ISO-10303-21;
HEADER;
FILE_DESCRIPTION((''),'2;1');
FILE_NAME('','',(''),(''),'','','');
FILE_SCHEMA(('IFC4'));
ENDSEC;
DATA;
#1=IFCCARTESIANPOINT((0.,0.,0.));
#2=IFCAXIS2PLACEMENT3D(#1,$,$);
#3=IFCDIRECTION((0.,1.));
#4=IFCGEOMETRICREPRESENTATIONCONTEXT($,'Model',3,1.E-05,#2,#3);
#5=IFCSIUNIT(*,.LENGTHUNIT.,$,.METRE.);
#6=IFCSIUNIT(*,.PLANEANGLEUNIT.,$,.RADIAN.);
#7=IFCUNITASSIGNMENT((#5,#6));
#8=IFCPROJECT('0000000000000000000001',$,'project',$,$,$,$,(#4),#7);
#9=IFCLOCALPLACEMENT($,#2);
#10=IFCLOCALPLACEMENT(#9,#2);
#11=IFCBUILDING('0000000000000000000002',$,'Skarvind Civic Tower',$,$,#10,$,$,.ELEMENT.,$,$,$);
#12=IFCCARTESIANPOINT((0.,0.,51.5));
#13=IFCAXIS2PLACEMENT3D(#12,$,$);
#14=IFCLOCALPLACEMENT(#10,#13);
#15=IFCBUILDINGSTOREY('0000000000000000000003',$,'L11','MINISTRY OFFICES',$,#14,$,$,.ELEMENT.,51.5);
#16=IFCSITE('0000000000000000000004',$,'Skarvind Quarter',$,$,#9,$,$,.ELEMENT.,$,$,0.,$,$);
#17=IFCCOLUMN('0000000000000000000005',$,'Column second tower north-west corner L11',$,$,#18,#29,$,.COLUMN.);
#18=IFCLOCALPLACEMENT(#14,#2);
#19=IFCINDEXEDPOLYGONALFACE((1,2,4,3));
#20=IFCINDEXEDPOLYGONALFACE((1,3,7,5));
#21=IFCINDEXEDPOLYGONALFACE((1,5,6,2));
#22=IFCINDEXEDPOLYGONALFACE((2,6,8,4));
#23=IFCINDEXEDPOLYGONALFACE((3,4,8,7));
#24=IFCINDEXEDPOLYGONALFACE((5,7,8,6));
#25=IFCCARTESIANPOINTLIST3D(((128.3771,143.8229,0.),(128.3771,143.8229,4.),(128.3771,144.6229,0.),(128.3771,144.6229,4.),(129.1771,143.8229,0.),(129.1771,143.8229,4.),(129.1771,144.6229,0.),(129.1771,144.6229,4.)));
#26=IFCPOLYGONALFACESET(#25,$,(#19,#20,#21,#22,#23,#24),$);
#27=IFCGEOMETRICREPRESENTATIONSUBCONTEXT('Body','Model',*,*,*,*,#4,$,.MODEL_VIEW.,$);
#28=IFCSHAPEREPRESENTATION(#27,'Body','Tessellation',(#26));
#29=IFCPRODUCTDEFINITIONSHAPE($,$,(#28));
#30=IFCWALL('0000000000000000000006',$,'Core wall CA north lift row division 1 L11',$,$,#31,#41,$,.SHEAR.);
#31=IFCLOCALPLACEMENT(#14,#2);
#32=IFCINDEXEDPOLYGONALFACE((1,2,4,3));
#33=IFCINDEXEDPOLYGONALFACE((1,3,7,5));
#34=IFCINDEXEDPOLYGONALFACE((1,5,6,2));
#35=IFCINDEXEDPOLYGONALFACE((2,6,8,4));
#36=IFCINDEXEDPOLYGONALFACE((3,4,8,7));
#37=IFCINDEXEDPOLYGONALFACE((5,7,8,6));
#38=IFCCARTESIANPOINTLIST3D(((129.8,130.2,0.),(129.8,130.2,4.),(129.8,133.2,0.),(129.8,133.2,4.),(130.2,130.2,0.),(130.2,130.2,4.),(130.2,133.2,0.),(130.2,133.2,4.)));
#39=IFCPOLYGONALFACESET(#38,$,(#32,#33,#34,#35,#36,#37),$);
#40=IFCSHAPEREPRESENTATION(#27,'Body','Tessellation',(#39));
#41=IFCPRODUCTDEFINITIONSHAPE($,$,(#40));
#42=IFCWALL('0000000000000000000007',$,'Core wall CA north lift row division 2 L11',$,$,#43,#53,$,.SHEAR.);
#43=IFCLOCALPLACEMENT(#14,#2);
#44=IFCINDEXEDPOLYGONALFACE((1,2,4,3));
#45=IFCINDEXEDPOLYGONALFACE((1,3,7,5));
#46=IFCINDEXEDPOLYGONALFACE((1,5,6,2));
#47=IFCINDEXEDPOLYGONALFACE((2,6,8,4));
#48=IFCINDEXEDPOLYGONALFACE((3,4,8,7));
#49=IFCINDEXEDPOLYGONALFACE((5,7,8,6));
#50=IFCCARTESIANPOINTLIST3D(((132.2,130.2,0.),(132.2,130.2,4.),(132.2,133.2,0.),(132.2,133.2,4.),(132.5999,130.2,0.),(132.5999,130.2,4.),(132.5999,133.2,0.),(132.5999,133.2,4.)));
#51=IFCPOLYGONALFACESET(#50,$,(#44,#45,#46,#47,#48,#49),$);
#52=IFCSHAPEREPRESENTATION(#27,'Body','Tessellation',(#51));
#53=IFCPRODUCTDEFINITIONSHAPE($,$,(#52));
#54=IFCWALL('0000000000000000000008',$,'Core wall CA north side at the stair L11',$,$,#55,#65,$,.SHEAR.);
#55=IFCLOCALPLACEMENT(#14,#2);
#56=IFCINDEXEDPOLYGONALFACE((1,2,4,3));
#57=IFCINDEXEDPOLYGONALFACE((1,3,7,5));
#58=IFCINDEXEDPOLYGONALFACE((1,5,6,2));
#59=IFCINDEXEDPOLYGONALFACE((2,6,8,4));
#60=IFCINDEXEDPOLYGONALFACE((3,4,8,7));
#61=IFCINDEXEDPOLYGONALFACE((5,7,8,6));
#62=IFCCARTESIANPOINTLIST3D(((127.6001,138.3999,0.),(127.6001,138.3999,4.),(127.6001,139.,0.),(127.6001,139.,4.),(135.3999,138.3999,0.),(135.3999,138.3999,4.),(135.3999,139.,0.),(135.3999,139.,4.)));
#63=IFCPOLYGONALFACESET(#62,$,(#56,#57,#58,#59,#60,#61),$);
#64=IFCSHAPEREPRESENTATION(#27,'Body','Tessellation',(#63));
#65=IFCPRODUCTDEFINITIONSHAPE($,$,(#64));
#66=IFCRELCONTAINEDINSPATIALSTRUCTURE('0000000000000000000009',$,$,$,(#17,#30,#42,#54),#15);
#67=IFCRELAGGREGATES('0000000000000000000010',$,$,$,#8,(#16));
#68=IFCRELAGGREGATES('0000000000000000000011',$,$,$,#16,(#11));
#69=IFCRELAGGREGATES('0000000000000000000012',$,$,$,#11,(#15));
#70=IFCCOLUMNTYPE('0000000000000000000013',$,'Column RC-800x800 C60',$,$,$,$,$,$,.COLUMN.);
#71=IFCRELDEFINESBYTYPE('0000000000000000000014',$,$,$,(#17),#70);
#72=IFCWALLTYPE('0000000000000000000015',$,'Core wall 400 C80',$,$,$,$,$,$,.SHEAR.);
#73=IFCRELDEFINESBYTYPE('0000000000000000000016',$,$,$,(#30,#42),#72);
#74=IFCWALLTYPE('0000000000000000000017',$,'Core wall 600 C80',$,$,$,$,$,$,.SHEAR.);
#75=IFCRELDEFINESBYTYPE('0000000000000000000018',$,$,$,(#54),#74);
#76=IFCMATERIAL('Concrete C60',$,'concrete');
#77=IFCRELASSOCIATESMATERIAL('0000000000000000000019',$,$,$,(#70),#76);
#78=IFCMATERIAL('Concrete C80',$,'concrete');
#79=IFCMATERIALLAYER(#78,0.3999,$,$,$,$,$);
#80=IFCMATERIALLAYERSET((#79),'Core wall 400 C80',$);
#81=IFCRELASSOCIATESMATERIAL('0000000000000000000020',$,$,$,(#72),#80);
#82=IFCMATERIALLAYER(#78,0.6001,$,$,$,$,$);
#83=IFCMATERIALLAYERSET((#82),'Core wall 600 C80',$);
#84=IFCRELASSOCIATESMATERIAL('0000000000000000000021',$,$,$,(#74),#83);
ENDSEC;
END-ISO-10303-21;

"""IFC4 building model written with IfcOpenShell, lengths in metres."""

from ifc_helpers import new_model, si_unit, direction, frame, frame_2d, origin, origin_2d, place, context, subcontext, project, spatial, rectangle, extrude, material, layer, layer_set, material_profile, profile_set, type_object, element, save


model = new_model("IFC4")

# Units and contexts
model_context = context("Model", 3, precision=1e-05, world=origin(), true_north=direction((0.0, 1.0)))
body_context = subcontext(model_context, "Body", "Model", "MODEL_VIEW")
ifc_project = project(units=[si_unit("LENGTHUNIT", "METRE"), si_unit("PLANEANGLEUNIT", "RADIAN")], contexts=[model_context])

# Site, building, storey
site_placement = place(None, origin())
site = spatial("IfcSite", under=ifc_project, at=site_placement, Name="Skarvind Quarter", CompositionType="ELEMENT", RefElevation=0.0)
building_placement = place(site_placement, origin())
building = spatial("IfcBuilding", under=site, at=building_placement, Name="Skarvind Civic Tower", CompositionType="ELEMENT")
storey_placement = place(building_placement, frame((0.0, 0.0, 51.5)))
storey = spatial("IfcBuildingStorey", under=building, at=storey_placement, Name="L11", Description="MINISTRY OFFICES", CompositionType="ELEMENT", Elevation=51.5)

# Column
ifc_material_1 = material(Name="Concrete C60", Category="concrete")
ifc_material_profile = material_profile(ifc_material_1, rectangle(XDim=0.8, YDim=0.8, at=origin_2d()), Name="RC-800x800")
ifc_profile_set = profile_set([ifc_material_profile], Name="Concrete C60")
column_type = type_object("IfcColumnType", Name="Column RC-800x800 C60", PredefinedType="COLUMN", material=ifc_profile_set)
column_placement = place(storey_placement, frame((128.7771, 144.2229, 0.0), z_axis=(0.0, 0.0, 1.0), x_axis=(1.0, 0.0, 0.0)))
element("IfcColumn", 1, at=column_placement, inside=storey, type_object=column_type, Name="Column second tower north-west corner L11", PredefinedType="COLUMN", context=body_context, shape_type="SweptSolid", body=[
    extrude(rectangle(XDim=0.8, YDim=0.8, at=origin_2d()), origin(), (0.0, 0.0, 1.0), 4.0),
])

# Walls
ifc_material_2 = material(Name="Concrete C80", Category="concrete")
ifc_layer_1 = layer(ifc_material_2, 0.3999)
ifc_layer_set_1 = layer_set([ifc_layer_1], Name="Core wall 400 C80")
wall_type_1 = type_object("IfcWallType", Name="Core wall 400 C80", PredefinedType="SHEAR", material=ifc_layer_set_1)
for number, where, z_axis, x_axis, name in (
    (2, (130.0, 130.2, 0.0), (0.0, 0.0, 1.0), (0.0, 1.0, 0.0), "Core wall CA north lift row division 1 L11"),
    (3, (132.3999, 130.2, 0.0), (0.0, 0.0, 1.0), (0.0, 1.0, 0.0), "Core wall CA north lift row division 2 L11"),
):
    element("IfcWall", number, at=place(storey_placement, frame(where, z_axis=z_axis, x_axis=x_axis)), inside=storey, type_object=wall_type_1, Name=name, PredefinedType="SHEAR", context=body_context, shape_type="SweptSolid", body=[
        extrude(rectangle(XDim=3.0, YDim=0.3999, at=frame_2d((1.5, 0.0))), origin(), (0.0, 0.0, 1.0), 4.0),
    ])
ifc_layer_2 = layer(ifc_material_2, 0.6001)
ifc_layer_set_2 = layer_set([ifc_layer_2], Name="Core wall 600 C80")
wall_type_2 = type_object("IfcWallType", Name="Core wall 600 C80", PredefinedType="SHEAR", material=ifc_layer_set_2)
wall_1_placement = place(storey_placement, frame((127.6001, 138.7, 0.0), z_axis=(0.0, 0.0, 1.0), x_axis=(1.0, 0.0, 0.0)))
element("IfcWall", 4, at=wall_1_placement, inside=storey, type_object=wall_type_2, Name="Core wall CA north side at the stair L11", PredefinedType="SHEAR", context=body_context, shape_type="SweptSolid", body=[
    extrude(rectangle(XDim=7.7998, YDim=0.6001, at=frame_2d((3.8999, 0.0))), origin(), (0.0, 0.0, 1.0), 4.0),
])

save(model, "model.ifc")
